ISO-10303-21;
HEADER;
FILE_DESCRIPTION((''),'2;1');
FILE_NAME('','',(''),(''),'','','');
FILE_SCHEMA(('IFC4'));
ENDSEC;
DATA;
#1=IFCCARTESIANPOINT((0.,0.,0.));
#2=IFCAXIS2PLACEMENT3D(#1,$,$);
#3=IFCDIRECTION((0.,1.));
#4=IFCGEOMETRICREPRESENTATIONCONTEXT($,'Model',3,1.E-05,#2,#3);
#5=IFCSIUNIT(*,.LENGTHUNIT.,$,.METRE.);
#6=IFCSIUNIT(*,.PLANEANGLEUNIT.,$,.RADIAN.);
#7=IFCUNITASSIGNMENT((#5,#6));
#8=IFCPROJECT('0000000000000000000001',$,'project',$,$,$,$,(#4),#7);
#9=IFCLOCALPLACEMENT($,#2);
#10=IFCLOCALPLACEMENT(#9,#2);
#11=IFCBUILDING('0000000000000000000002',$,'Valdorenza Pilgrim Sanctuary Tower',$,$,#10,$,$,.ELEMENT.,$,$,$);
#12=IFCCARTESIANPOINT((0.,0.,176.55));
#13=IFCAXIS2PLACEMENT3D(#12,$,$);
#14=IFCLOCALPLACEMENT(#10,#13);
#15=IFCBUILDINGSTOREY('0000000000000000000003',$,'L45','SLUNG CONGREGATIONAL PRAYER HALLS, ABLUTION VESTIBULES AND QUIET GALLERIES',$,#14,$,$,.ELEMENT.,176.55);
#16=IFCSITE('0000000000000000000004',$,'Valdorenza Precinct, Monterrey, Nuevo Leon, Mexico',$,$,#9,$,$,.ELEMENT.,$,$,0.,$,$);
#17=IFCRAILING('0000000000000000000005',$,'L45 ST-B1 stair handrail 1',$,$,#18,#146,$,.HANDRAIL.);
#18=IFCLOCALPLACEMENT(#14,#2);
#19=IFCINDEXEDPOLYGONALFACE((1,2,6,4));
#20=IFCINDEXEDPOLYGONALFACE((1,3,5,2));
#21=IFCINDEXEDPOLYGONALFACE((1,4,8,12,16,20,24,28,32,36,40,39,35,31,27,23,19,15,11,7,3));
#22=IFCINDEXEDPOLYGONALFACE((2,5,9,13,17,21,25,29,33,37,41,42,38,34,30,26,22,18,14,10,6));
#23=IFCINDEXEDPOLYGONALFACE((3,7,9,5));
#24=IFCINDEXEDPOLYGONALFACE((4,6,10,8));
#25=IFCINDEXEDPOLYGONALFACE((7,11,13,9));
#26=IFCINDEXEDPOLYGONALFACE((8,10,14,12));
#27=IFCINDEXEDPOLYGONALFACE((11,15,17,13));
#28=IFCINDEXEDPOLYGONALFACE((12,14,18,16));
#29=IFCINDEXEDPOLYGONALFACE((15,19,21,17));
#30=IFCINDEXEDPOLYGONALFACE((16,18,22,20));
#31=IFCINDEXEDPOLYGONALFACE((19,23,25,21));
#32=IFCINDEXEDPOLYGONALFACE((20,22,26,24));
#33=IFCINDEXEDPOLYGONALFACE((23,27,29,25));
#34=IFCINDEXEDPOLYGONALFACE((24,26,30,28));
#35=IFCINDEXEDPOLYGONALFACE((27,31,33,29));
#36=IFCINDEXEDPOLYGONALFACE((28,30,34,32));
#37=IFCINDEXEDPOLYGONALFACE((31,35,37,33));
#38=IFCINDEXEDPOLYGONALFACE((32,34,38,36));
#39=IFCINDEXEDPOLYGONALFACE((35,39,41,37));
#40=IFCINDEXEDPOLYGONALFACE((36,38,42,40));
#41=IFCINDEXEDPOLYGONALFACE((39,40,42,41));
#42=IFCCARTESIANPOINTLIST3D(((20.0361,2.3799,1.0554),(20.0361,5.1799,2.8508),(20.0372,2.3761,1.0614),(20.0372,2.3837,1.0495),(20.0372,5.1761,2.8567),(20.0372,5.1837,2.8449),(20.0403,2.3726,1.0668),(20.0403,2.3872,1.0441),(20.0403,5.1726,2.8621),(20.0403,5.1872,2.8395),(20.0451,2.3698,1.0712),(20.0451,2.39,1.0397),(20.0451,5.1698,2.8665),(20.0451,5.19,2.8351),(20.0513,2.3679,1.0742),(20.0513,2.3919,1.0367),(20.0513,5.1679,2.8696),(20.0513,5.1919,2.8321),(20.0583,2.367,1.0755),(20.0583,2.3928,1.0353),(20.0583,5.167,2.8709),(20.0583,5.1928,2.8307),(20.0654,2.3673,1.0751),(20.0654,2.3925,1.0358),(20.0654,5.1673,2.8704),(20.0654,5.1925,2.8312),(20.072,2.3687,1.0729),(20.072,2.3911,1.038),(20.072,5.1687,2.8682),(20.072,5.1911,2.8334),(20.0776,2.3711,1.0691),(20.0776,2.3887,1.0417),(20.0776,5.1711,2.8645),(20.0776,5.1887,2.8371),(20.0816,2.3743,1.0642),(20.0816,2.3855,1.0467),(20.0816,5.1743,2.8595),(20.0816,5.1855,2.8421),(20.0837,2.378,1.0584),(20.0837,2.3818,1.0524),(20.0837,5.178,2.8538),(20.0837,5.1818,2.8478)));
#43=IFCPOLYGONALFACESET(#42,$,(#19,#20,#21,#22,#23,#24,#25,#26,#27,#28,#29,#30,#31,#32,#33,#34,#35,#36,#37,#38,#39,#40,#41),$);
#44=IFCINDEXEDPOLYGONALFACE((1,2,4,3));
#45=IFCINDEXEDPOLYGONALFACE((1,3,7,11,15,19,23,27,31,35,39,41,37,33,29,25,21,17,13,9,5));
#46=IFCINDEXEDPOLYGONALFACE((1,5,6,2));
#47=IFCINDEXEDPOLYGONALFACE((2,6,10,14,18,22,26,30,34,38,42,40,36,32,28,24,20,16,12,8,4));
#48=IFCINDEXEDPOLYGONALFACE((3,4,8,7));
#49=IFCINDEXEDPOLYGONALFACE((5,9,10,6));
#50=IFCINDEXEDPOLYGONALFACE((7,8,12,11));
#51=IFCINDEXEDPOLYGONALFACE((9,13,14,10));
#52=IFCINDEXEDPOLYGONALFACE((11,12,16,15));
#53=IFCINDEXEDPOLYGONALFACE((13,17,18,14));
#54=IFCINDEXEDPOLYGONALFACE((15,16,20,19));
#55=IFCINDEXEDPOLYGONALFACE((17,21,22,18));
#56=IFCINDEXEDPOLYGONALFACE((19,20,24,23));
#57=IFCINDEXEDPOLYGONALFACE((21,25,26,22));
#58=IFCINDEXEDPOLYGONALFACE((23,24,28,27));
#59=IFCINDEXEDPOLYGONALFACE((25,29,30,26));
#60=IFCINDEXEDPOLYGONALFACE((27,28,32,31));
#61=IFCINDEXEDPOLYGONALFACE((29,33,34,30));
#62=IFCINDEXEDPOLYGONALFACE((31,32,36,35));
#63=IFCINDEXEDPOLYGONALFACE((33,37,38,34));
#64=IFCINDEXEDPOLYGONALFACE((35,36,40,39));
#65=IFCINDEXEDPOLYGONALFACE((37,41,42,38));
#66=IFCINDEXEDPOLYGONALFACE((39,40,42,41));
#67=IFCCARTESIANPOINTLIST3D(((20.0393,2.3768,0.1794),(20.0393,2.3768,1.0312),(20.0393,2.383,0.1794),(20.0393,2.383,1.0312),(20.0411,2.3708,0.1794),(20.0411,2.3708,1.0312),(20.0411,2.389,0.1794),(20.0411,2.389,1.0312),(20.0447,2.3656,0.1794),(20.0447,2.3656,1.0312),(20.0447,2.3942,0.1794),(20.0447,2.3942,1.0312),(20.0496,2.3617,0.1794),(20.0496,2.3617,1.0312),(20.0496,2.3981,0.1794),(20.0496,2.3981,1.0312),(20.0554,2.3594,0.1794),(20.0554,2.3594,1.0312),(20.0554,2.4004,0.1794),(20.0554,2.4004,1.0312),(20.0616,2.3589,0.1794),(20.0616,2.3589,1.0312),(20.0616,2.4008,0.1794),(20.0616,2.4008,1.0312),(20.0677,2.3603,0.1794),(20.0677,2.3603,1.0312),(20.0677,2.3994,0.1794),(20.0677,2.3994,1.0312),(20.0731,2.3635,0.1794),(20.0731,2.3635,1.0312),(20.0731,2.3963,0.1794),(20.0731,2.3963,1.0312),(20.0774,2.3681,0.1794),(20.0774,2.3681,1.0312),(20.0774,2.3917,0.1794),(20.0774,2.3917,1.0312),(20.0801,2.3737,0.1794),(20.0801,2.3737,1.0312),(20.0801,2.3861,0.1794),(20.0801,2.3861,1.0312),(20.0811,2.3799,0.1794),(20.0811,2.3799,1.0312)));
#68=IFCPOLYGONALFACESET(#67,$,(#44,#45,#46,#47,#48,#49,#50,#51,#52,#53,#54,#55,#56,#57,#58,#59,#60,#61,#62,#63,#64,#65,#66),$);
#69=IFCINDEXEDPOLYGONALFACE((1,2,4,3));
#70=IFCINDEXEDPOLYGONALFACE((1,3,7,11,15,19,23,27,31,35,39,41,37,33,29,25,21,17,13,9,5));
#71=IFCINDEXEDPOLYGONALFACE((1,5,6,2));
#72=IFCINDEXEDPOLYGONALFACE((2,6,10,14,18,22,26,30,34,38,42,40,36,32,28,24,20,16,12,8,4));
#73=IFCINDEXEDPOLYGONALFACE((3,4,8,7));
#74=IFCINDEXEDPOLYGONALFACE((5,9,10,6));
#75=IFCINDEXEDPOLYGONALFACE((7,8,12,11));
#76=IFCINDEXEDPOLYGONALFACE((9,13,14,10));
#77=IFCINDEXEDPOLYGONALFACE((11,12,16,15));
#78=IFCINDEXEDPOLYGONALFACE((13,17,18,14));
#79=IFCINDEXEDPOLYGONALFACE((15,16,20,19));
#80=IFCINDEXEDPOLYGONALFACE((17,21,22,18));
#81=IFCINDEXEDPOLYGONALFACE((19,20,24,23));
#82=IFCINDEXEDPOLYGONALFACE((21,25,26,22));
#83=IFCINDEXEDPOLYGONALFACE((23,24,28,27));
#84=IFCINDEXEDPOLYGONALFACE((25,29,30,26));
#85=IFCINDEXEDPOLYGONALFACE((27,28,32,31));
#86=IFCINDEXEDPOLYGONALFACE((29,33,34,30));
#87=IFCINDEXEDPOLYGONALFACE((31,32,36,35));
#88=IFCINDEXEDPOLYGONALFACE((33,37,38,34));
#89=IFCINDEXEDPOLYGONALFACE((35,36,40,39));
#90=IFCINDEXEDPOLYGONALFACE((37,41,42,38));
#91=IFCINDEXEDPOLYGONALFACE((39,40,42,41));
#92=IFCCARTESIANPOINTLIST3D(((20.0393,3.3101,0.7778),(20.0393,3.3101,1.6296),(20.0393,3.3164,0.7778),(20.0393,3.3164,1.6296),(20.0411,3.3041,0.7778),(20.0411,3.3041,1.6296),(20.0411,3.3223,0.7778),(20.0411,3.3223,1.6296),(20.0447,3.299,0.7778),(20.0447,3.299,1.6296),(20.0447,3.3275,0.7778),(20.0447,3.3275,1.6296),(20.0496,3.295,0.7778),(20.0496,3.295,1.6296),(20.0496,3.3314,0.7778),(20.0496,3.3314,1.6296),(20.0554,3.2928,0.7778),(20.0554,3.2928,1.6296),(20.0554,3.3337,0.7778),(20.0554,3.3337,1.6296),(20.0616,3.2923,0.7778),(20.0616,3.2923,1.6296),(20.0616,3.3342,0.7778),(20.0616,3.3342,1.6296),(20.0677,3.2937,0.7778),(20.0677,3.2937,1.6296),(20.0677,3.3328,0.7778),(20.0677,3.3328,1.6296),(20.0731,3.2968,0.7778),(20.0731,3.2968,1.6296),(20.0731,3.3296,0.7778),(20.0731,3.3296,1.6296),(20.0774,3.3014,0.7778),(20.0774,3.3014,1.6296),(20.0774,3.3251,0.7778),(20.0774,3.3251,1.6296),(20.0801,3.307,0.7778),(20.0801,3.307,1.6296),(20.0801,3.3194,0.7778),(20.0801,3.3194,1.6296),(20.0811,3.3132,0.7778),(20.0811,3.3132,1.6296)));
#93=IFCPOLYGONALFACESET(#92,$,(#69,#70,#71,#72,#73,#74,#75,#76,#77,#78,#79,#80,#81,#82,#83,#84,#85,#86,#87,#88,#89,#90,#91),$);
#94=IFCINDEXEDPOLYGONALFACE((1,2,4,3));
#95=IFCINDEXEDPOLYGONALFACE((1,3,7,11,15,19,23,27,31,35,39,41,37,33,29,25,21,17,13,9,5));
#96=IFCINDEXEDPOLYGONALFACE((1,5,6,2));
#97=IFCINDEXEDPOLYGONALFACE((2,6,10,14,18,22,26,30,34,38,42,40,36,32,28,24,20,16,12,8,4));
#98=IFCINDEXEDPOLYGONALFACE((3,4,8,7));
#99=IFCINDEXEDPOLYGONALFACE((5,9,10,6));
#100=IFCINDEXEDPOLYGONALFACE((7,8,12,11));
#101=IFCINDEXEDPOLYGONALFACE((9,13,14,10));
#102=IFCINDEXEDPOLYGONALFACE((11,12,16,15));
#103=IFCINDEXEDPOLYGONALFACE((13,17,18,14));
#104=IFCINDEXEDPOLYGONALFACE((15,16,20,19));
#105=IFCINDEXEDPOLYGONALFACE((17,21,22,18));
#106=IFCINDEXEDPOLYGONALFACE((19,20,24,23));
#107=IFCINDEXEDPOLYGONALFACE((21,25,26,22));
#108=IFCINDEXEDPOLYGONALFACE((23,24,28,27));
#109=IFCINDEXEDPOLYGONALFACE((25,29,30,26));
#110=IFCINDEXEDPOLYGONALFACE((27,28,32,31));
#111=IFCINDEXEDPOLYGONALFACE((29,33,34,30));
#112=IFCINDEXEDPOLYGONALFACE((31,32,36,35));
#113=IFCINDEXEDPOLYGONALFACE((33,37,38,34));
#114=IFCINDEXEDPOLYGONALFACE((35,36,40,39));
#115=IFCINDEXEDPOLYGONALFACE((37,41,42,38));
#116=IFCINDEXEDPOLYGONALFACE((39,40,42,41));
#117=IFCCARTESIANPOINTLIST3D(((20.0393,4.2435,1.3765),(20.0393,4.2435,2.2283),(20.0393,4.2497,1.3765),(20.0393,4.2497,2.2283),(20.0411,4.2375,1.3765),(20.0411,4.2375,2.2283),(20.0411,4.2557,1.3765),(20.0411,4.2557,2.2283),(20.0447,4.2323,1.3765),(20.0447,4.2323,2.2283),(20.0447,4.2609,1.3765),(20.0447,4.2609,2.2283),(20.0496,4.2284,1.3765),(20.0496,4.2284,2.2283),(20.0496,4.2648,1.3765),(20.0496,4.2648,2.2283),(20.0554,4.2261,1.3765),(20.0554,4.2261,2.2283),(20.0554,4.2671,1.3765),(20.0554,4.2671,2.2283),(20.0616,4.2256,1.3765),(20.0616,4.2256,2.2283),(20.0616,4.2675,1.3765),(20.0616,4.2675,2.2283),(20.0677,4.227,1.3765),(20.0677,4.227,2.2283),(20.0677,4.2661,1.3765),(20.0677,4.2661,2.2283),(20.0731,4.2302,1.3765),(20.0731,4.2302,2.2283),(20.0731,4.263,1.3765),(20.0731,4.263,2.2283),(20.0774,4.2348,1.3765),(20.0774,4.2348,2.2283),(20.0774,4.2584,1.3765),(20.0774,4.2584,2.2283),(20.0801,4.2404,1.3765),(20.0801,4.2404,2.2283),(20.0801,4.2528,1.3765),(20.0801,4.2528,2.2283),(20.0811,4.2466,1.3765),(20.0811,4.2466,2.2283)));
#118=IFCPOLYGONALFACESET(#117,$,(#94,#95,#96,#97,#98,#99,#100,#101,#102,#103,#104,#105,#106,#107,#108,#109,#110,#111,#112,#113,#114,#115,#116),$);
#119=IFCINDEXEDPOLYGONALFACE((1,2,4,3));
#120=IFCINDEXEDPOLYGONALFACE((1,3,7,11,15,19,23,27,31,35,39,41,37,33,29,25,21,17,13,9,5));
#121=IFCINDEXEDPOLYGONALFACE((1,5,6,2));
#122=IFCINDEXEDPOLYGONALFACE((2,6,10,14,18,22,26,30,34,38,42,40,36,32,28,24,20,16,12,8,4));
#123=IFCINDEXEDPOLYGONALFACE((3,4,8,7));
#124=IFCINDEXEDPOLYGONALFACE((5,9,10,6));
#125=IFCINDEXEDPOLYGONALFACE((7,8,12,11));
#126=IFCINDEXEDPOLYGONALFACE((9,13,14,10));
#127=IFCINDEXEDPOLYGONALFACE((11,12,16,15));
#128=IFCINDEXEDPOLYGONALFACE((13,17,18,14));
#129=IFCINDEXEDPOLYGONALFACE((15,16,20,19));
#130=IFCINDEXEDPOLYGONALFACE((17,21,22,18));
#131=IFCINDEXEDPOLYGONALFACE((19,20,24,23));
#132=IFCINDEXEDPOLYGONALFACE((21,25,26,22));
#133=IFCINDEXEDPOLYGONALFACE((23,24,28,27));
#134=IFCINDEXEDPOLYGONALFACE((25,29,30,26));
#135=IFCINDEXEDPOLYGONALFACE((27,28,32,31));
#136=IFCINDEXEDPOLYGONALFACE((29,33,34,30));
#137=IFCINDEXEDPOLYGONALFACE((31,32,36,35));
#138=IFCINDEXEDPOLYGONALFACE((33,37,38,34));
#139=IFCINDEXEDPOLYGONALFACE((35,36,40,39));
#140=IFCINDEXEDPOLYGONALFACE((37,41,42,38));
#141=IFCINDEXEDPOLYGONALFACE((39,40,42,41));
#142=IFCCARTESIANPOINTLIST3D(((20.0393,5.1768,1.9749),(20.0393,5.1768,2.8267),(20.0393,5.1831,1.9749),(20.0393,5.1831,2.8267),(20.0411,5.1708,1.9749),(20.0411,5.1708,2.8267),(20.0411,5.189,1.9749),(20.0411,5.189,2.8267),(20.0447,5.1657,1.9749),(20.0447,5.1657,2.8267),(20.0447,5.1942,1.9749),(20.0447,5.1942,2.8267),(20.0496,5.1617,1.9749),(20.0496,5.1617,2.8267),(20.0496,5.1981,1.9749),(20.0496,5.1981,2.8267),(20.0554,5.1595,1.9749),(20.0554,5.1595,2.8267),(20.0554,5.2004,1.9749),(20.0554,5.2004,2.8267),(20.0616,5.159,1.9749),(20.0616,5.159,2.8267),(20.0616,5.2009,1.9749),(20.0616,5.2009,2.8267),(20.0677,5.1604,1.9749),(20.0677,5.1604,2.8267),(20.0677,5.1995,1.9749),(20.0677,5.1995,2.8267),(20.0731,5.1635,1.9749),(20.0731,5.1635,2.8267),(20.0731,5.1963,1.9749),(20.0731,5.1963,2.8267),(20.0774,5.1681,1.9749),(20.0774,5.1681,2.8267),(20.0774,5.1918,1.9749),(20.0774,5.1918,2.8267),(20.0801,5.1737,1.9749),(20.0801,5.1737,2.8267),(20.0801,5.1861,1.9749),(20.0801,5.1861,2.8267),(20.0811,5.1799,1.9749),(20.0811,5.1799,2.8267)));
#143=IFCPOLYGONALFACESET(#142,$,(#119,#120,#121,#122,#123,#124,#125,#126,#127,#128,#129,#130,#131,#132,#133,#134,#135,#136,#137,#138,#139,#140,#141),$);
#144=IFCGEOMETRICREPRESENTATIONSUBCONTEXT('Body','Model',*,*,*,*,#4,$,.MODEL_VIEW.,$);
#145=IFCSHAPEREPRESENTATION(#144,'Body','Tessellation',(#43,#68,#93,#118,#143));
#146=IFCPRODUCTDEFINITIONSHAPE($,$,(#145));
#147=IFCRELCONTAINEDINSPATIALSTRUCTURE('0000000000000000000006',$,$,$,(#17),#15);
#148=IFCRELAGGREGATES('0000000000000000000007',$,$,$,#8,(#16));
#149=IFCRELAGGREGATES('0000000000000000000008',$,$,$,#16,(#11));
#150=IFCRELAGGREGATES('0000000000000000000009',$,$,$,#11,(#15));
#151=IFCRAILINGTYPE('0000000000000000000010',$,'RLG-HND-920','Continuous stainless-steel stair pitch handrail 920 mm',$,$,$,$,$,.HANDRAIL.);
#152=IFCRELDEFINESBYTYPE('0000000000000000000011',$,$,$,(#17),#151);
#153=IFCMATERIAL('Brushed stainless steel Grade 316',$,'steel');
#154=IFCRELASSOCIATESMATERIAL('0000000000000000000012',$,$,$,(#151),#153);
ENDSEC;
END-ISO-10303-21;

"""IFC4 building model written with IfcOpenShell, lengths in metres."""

from ifc_helpers import new_model, si_unit, direction, frame, origin, origin_2d, place, context, subcontext, project, spatial, circle, extrude, material, type_object, element, save


model = new_model("IFC4")

# Units and contexts
model_context = context("Model", 3, precision=1e-05, world=origin(), true_north=direction((0.0, 1.0)))
body_context = subcontext(model_context, "Body", "Model", "MODEL_VIEW")
ifc_project = project(units=[si_unit("LENGTHUNIT", "METRE"), si_unit("PLANEANGLEUNIT", "RADIAN")], contexts=[model_context])

# Site, building, storey
site_placement = place(None, origin())
site = spatial("IfcSite", under=ifc_project, at=site_placement, Name="Valdorenza Precinct, Monterrey, Nuevo Leon, Mexico", CompositionType="ELEMENT", RefElevation=0.0)
building_placement = place(site_placement, origin())
building = spatial("IfcBuilding", under=site, at=building_placement, Name="Valdorenza Pilgrim Sanctuary Tower", CompositionType="ELEMENT")
storey_placement = place(building_placement, frame((0.0, 0.0, 176.55)))
storey = spatial("IfcBuildingStorey", under=building, at=storey_placement, Name="L45", Description="SLUNG CONGREGATIONAL PRAYER HALLS, ABLUTION VESTIBULES AND QUIET GALLERIES", CompositionType="ELEMENT", Elevation=176.55)

# Shared definitions
ifc_material_1 = material(Name="Brushed stainless steel Grade 316", Category="steel")

# Railing
railing_type_1 = type_object("IfcRailingType", Name="RLG-HND-920", Description="Continuous stainless-steel stair pitch handrail 920 mm", PredefinedType="HANDRAIL", material=ifc_material_1)
railing_1_placement = place(storey_placement, frame((20.0601, 2.3799, 0.1794)))
element("IfcRailing", 1, at=railing_1_placement, inside=storey, type_object=railing_type_1, Name="L45 ST-B1 stair handrail 1", PredefinedType="HANDRAIL", context=body_context, shape_type="SweptSolid", body=[
    extrude(circle(Radius=0.0239, at=origin_2d()), frame((0.0, 0.0, 0.876), z_axis=(0.0, 0.84181, 0.539774), x_axis=(-1.0, 0.0, 0.0)), (0.0, 0.0, 1.0), 3.3262),
    extrude(circle(Radius=0.021, at=origin_2d()), origin(), (0.0, 0.0, 1.0), 0.8518),
    extrude(circle(Radius=0.021, at=origin_2d()), frame((0.0, 0.9333, 0.5984)), (0.0, 0.0, 1.0), 0.8518),
    extrude(circle(Radius=0.021, at=origin_2d()), frame((0.0, 1.8667, 1.197)), (0.0, 0.0, 1.0), 0.8518),
    extrude(circle(Radius=0.021, at=origin_2d()), frame((0.0, 2.8, 1.7954)), (0.0, 0.0, 1.0), 0.8518),
])

save(model, "model.ifc")
